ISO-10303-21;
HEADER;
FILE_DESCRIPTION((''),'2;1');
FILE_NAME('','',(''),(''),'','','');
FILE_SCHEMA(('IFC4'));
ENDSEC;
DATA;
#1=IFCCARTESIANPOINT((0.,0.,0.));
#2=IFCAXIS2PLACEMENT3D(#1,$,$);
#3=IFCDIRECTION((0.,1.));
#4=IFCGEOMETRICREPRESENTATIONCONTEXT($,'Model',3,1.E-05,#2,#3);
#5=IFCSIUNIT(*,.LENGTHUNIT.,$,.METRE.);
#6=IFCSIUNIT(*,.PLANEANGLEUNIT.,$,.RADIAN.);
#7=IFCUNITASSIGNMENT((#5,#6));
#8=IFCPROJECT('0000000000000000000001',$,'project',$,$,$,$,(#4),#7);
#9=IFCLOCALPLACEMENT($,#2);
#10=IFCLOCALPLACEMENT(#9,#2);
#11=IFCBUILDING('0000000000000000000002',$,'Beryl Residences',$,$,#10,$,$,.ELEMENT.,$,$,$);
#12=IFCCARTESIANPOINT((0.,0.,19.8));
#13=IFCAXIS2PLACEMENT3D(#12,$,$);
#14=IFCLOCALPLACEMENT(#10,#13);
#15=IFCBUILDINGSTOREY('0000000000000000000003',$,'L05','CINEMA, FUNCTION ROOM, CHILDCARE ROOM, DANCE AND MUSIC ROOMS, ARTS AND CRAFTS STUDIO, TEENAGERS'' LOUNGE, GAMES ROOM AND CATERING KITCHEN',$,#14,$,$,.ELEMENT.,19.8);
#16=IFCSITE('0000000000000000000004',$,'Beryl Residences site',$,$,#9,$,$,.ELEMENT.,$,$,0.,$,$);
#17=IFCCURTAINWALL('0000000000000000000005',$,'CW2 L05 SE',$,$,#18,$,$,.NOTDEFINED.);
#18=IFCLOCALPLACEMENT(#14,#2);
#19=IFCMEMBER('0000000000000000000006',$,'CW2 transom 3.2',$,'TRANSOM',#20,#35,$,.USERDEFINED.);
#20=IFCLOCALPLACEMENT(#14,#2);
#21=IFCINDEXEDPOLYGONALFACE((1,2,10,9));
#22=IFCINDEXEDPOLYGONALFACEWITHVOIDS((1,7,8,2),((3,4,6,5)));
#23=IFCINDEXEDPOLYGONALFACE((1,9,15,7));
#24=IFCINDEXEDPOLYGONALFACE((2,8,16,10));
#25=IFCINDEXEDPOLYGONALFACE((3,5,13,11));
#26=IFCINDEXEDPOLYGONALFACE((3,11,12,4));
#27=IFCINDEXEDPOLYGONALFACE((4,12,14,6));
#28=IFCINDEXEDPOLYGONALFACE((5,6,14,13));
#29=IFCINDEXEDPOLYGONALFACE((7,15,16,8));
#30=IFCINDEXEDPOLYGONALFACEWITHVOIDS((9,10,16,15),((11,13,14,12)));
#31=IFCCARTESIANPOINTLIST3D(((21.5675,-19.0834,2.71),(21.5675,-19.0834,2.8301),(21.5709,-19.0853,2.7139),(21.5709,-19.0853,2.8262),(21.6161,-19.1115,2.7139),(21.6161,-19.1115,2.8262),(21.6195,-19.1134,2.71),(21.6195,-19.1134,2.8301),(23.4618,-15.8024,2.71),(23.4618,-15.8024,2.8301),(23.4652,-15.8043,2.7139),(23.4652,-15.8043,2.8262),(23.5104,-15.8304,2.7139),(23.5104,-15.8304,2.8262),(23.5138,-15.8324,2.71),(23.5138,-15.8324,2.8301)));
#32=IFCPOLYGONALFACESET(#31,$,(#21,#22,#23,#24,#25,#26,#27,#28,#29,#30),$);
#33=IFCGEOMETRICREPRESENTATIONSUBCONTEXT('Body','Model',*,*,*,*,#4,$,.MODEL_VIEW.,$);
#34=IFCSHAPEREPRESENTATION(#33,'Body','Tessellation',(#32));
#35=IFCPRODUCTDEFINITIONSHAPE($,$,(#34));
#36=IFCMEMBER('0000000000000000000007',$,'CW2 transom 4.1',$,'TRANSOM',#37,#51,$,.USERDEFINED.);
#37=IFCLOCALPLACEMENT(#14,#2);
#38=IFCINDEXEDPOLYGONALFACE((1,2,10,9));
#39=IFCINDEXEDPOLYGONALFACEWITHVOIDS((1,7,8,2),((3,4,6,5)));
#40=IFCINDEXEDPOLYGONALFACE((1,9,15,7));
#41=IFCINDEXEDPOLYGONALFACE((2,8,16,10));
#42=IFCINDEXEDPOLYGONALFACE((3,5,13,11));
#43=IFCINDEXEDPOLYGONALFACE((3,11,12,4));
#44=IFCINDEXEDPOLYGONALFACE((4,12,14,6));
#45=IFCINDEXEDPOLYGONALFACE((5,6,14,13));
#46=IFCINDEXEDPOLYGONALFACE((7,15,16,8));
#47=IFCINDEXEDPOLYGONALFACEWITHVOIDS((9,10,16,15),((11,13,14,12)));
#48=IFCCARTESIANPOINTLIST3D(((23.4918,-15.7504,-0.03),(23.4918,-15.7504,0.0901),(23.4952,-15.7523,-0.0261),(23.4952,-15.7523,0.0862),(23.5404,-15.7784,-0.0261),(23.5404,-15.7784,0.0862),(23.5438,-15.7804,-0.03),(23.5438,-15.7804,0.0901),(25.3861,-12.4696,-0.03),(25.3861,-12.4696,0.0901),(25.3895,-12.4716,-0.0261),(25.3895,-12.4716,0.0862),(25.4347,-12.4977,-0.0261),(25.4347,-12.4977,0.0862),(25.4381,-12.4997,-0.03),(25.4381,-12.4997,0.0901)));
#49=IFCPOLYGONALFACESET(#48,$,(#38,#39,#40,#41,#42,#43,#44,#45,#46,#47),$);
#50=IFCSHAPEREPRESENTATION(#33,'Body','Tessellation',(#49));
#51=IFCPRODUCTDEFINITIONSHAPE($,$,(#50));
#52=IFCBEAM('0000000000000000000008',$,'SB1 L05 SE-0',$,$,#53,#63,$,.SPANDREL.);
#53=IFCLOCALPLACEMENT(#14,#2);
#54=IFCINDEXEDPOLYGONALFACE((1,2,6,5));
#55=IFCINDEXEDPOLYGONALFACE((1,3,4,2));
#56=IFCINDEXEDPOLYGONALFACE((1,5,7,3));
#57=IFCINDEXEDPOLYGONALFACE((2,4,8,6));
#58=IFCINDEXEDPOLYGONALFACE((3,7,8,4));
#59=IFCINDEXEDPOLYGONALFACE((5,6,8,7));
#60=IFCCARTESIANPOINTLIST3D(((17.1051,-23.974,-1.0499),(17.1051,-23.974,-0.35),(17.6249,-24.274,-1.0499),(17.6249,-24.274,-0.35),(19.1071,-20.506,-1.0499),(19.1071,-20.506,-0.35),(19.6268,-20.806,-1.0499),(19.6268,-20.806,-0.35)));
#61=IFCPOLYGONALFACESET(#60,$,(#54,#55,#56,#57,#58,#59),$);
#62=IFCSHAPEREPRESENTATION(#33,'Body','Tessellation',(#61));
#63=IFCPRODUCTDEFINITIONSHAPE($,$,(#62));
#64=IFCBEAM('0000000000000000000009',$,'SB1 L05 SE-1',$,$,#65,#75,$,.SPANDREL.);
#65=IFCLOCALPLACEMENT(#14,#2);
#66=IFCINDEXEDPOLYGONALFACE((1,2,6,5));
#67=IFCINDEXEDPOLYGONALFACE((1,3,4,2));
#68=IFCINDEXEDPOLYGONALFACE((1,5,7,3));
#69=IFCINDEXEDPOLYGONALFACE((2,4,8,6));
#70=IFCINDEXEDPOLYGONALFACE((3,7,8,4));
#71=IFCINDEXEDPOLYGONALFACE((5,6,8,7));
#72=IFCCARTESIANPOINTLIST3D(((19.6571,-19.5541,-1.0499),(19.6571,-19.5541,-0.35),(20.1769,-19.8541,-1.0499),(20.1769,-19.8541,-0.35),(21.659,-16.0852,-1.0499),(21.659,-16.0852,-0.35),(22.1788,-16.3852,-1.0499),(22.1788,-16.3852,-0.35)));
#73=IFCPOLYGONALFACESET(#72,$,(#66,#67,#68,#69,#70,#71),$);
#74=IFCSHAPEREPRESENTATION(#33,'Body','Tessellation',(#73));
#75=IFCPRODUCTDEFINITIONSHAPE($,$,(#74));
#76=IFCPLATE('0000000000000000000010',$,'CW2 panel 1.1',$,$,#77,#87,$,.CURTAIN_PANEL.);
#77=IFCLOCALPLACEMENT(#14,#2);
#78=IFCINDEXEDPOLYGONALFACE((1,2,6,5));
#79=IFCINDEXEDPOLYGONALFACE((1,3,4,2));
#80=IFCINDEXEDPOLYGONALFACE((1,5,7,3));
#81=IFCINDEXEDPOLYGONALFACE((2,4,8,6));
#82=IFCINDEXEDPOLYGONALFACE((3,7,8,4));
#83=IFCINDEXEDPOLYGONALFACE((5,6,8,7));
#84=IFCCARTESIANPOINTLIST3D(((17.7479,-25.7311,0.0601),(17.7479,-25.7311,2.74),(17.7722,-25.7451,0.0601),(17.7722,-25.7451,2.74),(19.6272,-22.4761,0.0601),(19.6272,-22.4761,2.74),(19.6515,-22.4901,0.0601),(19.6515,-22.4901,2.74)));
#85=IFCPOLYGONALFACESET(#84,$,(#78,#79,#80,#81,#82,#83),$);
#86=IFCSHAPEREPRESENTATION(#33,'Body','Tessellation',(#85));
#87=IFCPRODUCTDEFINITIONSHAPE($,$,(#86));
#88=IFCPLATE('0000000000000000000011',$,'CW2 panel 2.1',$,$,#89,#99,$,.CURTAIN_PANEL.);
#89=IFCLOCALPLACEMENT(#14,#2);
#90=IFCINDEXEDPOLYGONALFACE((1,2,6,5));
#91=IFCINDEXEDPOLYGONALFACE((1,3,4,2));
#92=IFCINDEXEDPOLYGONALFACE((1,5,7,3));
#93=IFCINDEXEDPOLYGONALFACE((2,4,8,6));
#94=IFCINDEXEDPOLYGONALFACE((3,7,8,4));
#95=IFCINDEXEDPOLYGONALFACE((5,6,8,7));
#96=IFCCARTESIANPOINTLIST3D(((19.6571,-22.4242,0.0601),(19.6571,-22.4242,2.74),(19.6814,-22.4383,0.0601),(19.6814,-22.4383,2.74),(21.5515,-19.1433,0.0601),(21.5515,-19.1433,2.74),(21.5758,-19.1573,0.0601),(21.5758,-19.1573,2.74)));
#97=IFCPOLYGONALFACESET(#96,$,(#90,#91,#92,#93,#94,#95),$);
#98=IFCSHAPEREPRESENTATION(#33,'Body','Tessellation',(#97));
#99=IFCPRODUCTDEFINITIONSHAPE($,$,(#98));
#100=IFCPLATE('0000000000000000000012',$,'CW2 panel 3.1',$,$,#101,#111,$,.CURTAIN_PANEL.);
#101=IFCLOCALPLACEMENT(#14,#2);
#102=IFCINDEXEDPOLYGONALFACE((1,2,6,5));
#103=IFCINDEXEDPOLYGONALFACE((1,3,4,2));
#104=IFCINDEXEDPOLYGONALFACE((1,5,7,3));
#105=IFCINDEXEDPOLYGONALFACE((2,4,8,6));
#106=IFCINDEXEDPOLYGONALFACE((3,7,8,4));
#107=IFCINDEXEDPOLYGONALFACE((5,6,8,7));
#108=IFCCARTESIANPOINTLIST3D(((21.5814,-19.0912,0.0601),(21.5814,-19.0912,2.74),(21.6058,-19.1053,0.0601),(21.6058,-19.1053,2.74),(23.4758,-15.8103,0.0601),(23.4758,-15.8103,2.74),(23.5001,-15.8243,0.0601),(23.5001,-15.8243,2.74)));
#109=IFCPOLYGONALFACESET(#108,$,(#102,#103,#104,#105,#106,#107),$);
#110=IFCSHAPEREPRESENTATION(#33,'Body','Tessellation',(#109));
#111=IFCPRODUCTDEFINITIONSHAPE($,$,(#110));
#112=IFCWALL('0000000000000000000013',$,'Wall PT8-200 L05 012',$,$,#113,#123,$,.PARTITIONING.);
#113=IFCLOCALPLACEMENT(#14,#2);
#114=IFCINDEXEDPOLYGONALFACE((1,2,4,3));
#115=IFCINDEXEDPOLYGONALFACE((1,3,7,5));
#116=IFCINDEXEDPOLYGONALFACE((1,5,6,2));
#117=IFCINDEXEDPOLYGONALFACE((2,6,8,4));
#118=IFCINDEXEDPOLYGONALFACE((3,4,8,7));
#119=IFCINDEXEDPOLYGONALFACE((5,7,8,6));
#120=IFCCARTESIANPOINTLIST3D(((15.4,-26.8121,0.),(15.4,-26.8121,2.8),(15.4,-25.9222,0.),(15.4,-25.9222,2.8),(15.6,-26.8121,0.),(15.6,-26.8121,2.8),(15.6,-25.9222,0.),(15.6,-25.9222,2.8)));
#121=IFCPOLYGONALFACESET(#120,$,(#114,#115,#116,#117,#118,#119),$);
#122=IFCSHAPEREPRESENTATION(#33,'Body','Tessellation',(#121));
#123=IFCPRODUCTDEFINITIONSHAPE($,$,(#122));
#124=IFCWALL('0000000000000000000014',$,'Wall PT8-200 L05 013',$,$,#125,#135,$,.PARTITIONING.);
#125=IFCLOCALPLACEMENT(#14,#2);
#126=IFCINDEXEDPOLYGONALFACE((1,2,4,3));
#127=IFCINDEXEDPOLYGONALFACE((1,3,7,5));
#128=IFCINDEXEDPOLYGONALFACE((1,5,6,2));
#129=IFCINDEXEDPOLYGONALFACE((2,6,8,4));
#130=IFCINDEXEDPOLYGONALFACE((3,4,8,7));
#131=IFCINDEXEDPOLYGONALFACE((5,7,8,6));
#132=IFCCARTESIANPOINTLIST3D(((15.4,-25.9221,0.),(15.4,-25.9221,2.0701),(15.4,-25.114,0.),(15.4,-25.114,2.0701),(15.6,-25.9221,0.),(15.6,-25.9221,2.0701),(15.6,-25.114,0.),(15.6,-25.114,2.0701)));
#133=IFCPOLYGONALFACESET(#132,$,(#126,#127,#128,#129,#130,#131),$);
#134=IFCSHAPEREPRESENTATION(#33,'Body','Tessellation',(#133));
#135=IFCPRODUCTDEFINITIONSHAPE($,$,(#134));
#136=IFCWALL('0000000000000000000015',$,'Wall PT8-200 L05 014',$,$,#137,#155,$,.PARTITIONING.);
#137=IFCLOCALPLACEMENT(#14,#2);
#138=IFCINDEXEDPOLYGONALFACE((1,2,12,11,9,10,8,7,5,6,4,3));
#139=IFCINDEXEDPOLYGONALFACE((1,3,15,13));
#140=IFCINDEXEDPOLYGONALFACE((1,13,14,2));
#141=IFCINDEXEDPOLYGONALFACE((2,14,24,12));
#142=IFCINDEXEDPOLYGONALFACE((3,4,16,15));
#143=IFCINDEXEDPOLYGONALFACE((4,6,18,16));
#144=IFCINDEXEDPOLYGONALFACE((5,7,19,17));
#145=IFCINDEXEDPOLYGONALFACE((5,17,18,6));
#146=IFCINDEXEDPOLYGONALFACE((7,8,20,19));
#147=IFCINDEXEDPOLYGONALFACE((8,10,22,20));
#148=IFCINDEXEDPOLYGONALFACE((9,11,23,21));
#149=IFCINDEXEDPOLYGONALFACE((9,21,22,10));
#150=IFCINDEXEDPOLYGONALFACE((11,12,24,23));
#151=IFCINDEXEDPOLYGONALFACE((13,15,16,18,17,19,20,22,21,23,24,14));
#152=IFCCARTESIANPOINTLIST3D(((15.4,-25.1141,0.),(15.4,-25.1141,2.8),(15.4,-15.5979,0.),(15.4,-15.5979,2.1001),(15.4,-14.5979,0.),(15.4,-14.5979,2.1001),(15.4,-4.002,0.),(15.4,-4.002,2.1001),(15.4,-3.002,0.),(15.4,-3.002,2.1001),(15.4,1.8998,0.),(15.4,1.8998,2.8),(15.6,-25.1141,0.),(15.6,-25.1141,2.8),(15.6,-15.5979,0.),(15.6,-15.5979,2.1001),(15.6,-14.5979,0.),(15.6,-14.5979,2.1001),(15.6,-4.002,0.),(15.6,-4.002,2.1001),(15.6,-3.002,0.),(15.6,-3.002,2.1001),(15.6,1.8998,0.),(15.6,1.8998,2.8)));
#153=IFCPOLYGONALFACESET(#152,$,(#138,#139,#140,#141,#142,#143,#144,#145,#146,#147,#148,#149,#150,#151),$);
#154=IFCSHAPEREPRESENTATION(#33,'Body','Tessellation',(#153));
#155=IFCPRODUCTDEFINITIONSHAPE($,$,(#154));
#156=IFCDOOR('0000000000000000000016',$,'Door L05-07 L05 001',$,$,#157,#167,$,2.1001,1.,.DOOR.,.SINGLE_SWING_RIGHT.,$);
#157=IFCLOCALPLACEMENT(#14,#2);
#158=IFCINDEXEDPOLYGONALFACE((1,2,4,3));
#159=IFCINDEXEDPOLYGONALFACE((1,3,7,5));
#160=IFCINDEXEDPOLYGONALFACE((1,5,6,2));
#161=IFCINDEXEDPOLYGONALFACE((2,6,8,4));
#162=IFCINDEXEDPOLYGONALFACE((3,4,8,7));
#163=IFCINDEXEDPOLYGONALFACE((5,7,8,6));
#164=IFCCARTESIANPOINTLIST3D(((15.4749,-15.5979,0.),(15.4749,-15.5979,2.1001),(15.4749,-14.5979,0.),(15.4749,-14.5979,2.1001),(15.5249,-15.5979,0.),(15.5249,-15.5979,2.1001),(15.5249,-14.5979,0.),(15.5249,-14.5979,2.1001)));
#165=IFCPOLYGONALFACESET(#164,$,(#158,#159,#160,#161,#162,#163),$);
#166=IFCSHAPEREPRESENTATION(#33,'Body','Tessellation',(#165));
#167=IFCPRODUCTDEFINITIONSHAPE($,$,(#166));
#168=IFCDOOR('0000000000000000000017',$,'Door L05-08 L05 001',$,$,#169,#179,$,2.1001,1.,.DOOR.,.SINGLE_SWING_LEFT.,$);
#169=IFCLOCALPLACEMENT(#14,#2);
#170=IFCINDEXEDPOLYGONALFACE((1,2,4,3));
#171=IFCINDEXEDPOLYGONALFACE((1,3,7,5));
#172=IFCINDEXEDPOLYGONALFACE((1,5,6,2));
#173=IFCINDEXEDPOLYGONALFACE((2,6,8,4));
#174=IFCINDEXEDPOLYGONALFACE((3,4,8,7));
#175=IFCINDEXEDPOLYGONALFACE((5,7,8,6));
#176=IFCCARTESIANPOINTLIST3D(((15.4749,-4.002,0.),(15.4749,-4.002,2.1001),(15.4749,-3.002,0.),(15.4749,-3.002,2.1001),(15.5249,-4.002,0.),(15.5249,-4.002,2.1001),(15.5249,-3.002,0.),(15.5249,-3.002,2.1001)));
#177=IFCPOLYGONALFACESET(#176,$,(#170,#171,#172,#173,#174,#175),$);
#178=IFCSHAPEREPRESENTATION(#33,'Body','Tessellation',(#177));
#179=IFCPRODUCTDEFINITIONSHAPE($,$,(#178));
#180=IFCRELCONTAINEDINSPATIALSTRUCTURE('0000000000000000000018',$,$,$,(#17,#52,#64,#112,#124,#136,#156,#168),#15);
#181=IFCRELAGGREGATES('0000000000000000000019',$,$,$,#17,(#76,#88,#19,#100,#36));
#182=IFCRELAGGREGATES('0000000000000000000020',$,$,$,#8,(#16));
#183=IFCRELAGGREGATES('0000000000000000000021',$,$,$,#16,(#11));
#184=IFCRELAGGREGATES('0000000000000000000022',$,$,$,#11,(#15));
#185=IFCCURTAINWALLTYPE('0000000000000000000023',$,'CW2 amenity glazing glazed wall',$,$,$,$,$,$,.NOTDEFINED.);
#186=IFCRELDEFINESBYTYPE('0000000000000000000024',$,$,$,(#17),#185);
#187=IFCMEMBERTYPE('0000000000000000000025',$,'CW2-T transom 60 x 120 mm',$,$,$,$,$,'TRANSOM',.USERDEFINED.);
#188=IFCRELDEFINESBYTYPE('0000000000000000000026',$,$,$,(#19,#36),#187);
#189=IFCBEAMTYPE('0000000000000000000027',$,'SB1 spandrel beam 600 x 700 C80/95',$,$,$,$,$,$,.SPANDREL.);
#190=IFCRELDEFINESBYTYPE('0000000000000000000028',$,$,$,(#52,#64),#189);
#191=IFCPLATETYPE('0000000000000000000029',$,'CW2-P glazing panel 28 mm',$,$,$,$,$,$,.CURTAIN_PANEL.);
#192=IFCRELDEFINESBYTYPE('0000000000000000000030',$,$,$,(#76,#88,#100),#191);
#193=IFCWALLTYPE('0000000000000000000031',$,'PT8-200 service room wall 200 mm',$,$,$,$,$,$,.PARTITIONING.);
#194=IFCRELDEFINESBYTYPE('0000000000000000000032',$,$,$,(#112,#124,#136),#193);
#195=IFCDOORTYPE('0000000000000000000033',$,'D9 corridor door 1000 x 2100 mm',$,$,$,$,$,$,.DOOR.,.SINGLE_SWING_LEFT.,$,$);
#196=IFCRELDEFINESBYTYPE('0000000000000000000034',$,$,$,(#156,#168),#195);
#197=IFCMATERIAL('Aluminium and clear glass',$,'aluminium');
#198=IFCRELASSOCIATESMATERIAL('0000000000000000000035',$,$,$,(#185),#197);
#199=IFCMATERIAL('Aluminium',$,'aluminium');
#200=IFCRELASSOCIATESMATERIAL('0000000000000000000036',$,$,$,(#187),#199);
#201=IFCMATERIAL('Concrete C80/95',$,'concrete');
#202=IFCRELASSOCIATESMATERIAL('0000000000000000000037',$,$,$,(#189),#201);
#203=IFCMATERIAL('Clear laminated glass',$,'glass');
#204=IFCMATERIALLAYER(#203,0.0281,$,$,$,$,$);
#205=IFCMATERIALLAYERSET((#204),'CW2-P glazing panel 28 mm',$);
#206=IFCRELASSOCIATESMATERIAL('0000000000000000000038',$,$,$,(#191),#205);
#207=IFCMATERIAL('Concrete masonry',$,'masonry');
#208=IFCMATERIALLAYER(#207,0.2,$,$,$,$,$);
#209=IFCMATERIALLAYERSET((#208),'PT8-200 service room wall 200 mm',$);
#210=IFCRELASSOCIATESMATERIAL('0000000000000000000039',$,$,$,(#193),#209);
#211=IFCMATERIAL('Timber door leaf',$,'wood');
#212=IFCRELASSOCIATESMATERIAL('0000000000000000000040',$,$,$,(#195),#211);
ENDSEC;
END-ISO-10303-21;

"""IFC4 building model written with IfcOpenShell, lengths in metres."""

from ifc_helpers import new_model, si_unit, direction, frame, frame_2d, origin, origin_2d, place, context, subcontext, project, spatial, rectangle, hollow_rectangle, extrude, material, layer, layer_set, material_profile, profile_set, type_object, element, fill, aggregate, save


model = new_model("IFC4")

# Units and contexts
model_context = context("Model", 3, precision=1e-05, world=origin(), true_north=direction((0.0, 1.0)))
body_context = subcontext(model_context, "Body", "Model", "MODEL_VIEW")
ifc_project = project(units=[si_unit("LENGTHUNIT", "METRE"), si_unit("PLANEANGLEUNIT", "RADIAN")], contexts=[model_context])

# Site, building, storey
site_placement = place(None, origin())
site = spatial("IfcSite", under=ifc_project, at=site_placement, Name="Beryl Residences site", CompositionType="ELEMENT", RefElevation=0.0)
building_placement = place(site_placement, origin())
building = spatial("IfcBuilding", under=site, at=building_placement, Name="Beryl Residences", CompositionType="ELEMENT")
storey_placement = place(building_placement, frame((0.0, 0.0, 19.8)))
storey = spatial("IfcBuildingStorey", under=building, at=storey_placement, Name="L05", Description="CINEMA, FUNCTION ROOM, CHILDCARE ROOM, DANCE AND MUSIC ROOMS, ARTS AND CRAFTS STUDIO, TEENAGERS' LOUNGE, GAMES ROOM AND CATERING KITCHEN", CompositionType="ELEMENT", Elevation=19.8)

# Shared definitions
ifc_material_1 = material(Name="Aluminium and clear glass", Category="aluminium")
curtain_wall_type = type_object("IfcCurtainWallType", Name="CW2 amenity glazing glazed wall", PredefinedType="NOTDEFINED", material=ifc_material_1)

# Curtain wall, members
curtain_wall_1_placement = place(storey_placement, origin())
curtain_wall_1 = element("IfcCurtainWall", 1, at=curtain_wall_1_placement, inside=storey, type_object=curtain_wall_type, Name="CW2 L05 SE", PredefinedType="NOTDEFINED")
ifc_material_2 = material(Name="Aluminium", Category="aluminium")
ifc_material_profile_1 = material_profile(ifc_material_2, hollow_rectangle(XDim=0.0601, YDim=0.1201, WallThickness=0.0039, at=origin_2d()))
ifc_profile_set_1 = profile_set([ifc_material_profile_1], Name="Aluminium")
member_type_1 = type_object("IfcMemberType", Name="CW2-T transom 60 x 120 mm", ElementType="TRANSOM", PredefinedType="USERDEFINED", material=ifc_profile_set_1)
member_1_placement = place(storey_placement, frame((21.5935, -19.0984, 2.77), z_axis=(0.5, 0.866026, 0.0), x_axis=(-0.866026, 0.5, 0.0)))
member_1 = element("IfcMember", 2, at=member_1_placement, type_object=member_type_1, Name="CW2 transom 3.2", ObjectType="TRANSOM", PredefinedType="USERDEFINED", context=body_context, shape_type="SweptSolid", body=[
    extrude(hollow_rectangle(XDim=0.0601, YDim=0.1201, WallThickness=0.0039, at=origin_2d()), origin(), (0.0, 0.0, 1.0), 3.7886),
])
member_2_placement = place(storey_placement, frame((23.5178, -15.7654, 0.03), z_axis=(0.500027, 0.86601, 0.0), x_axis=(-0.86601, 0.500027, 0.0)))
member_2 = element("IfcMember", 3, at=member_2_placement, type_object=member_type_1, Name="CW2 transom 4.1", ObjectType="TRANSOM", PredefinedType="USERDEFINED", context=body_context, shape_type="SweptSolid", body=[
    extrude(hollow_rectangle(XDim=0.0601, YDim=0.1201, WallThickness=0.0039, at=origin_2d()), origin(), (0.0, 0.0, 1.0), 3.7883),
])

# Beams
ifc_material_3 = material(Name="Concrete C80/95", Category="concrete")
ifc_material_profile_2 = material_profile(ifc_material_3, rectangle(XDim=0.6001, YDim=0.7, at=origin_2d()))
ifc_profile_set_2 = profile_set([ifc_material_profile_2], Name="Concrete C80/95")
beam_type = type_object("IfcBeamType", Name="SB1 spandrel beam 600 x 700 C80/95", PredefinedType="SPANDREL", material=ifc_profile_set_2)
beam_1_placement = place(storey_placement, frame((17.365, -24.124, -0.7), z_axis=(0.499942, 0.866059, 0.0), x_axis=(-0.866059, 0.499942, 0.0)))
element("IfcBeam", 4, at=beam_1_placement, inside=storey, type_object=beam_type, Name="SB1 L05 SE-0", PredefinedType="SPANDREL", context=body_context, shape_type="SweptSolid", body=[
    extrude(rectangle(XDim=0.6001, YDim=0.7, at=origin_2d()), origin(), (0.0, 0.0, 1.0), 4.0044),
])
beam_2_placement = place(storey_placement, frame((19.917, -19.7041, -0.7), z_axis=(0.499837, 0.86612, 0.0), x_axis=(-0.86612, 0.499837, 0.0)))
element("IfcBeam", 5, at=beam_2_placement, inside=storey, type_object=beam_type, Name="SB1 L05 SE-1", PredefinedType="SPANDREL", context=body_context, shape_type="SweptSolid", body=[
    extrude(rectangle(XDim=0.6001, YDim=0.7, at=origin_2d()), origin(), (0.0, 0.0, 1.0), 4.0051),
])

# Plates
ifc_material_4 = material(Name="Clear laminated glass", Category="glass")
ifc_layer_1 = layer(ifc_material_4, 0.0281)
ifc_layer_set_1 = layer_set([ifc_layer_1], Name="CW2-P glazing panel 28 mm")
plate_type = type_object("IfcPlateType", Name="CW2-P glazing panel 28 mm", PredefinedType="CURTAIN_PANEL", material=ifc_layer_set_1)
plate_1_placement = place(storey_placement, frame((18.6997, -24.1106, 0.0601), z_axis=(0.0, 0.0, 1.0), x_axis=(0.500012, 0.866019, 0.0)))
plate_1 = element("IfcPlate", 6, at=plate_1_placement, type_object=plate_type, Name="CW2 panel 1.1", PredefinedType="CURTAIN_PANEL", context=body_context, shape_type="SweptSolid", body=[
    extrude(rectangle(XDim=3.7585, YDim=0.0281, at=origin_2d()), origin(), (0.0, 0.0, 1.0), 2.6799),
])
plate_2_placement = place(storey_placement, frame((20.6165, -20.7908, 0.0601), z_axis=(0.0, 0.0, 1.0), x_axis=(0.500012, 0.866019, 0.0)))
plate_2 = element("IfcPlate", 7, at=plate_2_placement, type_object=plate_type, Name="CW2 panel 2.1", PredefinedType="CURTAIN_PANEL", context=body_context, shape_type="SweptSolid", body=[
    extrude(rectangle(XDim=3.7886, YDim=0.0281, at=origin_2d()), origin(), (0.0, 0.0, 1.0), 2.6799),
])
plate_3_placement = place(storey_placement, frame((22.5408, -17.4578, 0.0601), z_axis=(0.0, 0.0, 1.0), x_axis=(0.500012, 0.866019, 0.0)))
plate_3 = element("IfcPlate", 8, at=plate_3_placement, type_object=plate_type, Name="CW2 panel 3.1", PredefinedType="CURTAIN_PANEL", context=body_context, shape_type="SweptSolid", body=[
    extrude(rectangle(XDim=3.7886, YDim=0.0281, at=origin_2d()), origin(), (0.0, 0.0, 1.0), 2.6799),
])
aggregate(curtain_wall_1, [plate_1, plate_2, member_1, plate_3, member_2])

# Walls
ifc_material_5 = material(Name="Concrete masonry", Category="masonry")
ifc_layer_2 = layer(ifc_material_5, 0.2)
ifc_layer_set_2 = layer_set([ifc_layer_2], Name="PT8-200 service room wall 200 mm")
wall_type = type_object("IfcWallType", Name="PT8-200 service room wall 200 mm", PredefinedType="PARTITIONING", material=ifc_layer_set_2)
wall_1_placement = place(storey_placement, frame((15.5, -26.812, 0.0), z_axis=(0.0, 0.0, 1.0), x_axis=(0.0, 1.0, 0.0)))
element("IfcWall", 9, at=wall_1_placement, inside=storey, type_object=wall_type, Name="Wall PT8-200 L05 012", PredefinedType="PARTITIONING", context=body_context, shape_type="SweptSolid", body=[
    extrude(rectangle(XDim=0.8899, YDim=0.2, at=frame_2d((0.4448, 0.0))), origin(), (0.0, 0.0, 1.0), 2.8),
])
wall_2_placement = place(storey_placement, frame((15.5, -25.9221, 0.0), z_axis=(0.0, 0.0, 1.0), x_axis=(0.0, 1.0, 0.0)))
element("IfcWall", 10, at=wall_2_placement, inside=storey, type_object=wall_type, Name="Wall PT8-200 L05 013", PredefinedType="PARTITIONING", context=body_context, shape_type="SweptSolid", body=[
    extrude(rectangle(XDim=0.8081, YDim=0.2, at=frame_2d((0.4041, 0.0))), origin(), (0.0, 0.0, 1.0), 2.0701),
])

# Wall, openings, doors
wall_3_placement = place(storey_placement, frame((15.5, -25.114, 0.0), z_axis=(0.0, 0.0, 1.0), x_axis=(0.0, 1.0, 0.0)))
wall_3 = element("IfcWall", 11, at=wall_3_placement, inside=storey, type_object=wall_type, Name="Wall PT8-200 L05 014", PredefinedType="PARTITIONING", context=body_context, shape_type="SweptSolid", body=[
    extrude(rectangle(XDim=27.0139, YDim=0.2, at=frame_2d((13.5068, 0.0))), origin(), (0.0, 0.0, 1.0), 2.8),
])
opening_1_placement = place(wall_3_placement, frame((10.5161, 0.0, 0.0), z_axis=(0.0, 0.0, 1.0), x_axis=(-1.0, 0.0, 0.0)))
opening_1 = element("IfcOpeningElement", 12, at=opening_1_placement, cuts=wall_3, PredefinedType="OPENING", context=body_context, shape_type="SweptSolid", body=[
    extrude(rectangle(XDim=1.0, YDim=2.1001, at=frame_2d((0.5, 1.05))), frame((0.0, 0.1099, 0.0), z_axis=(0.0, -1.0, 0.0), x_axis=(1.0, 0.0, 0.0)), (0.0, 0.0, 1.0), 0.22),
])
opening_2_placement = place(wall_3_placement, frame((22.1121, 0.0, 0.0), z_axis=(0.0, 0.0, 1.0), x_axis=(-1.0, 0.0, 0.0)))
opening_2 = element("IfcOpeningElement", 13, at=opening_2_placement, cuts=wall_3, PredefinedType="OPENING", context=body_context, shape_type="SweptSolid", body=[
    extrude(rectangle(XDim=1.0, YDim=2.1001, at=frame_2d((0.5, 1.05))), frame((0.0, 0.1099, 0.0), z_axis=(0.0, -1.0, 0.0), x_axis=(1.0, 0.0, 0.0)), (0.0, 0.0, 1.0), 0.22),
])
ifc_material_6 = material(Name="Timber door leaf", Category="wood")
door_type = type_object("IfcDoorType", Name="D9 corridor door 1000 x 2100 mm", OperationType="SINGLE_SWING_LEFT", PredefinedType="DOOR", material=ifc_material_6)
door_1_placement = place(opening_1_placement, origin())
door_1 = element("IfcDoor", 14, at=door_1_placement, inside=storey, type_object=door_type, Name="Door L05-07 L05 001", OperationType="SINGLE_SWING_RIGHT", OverallHeight=2.1001, OverallWidth=1.0, PredefinedType="DOOR", context=body_context, shape_type="SweptSolid", body=[
    extrude(rectangle(XDim=1.0, YDim=2.1001, at=frame_2d((0.5, 1.05))), frame((0.0, 0.0249, 0.0), z_axis=(0.0, -1.0, 0.0), x_axis=(1.0, 0.0, 0.0)), (0.0, 0.0, 1.0), 0.05),
])
fill(opening_1, door_1)
door_2_placement = place(opening_2_placement, origin())
door_2 = element("IfcDoor", 15, at=door_2_placement, inside=storey, type_object=door_type, Name="Door L05-08 L05 001", OperationType="SINGLE_SWING_LEFT", OverallHeight=2.1001, OverallWidth=1.0, PredefinedType="DOOR", context=body_context, shape_type="SweptSolid", body=[
    extrude(rectangle(XDim=1.0, YDim=2.1001, at=frame_2d((0.5, 1.05))), frame((0.0, 0.0249, 0.0), z_axis=(0.0, -1.0, 0.0), x_axis=(1.0, 0.0, 0.0)), (0.0, 0.0, 1.0), 0.05),
])
fill(opening_2, door_2)

save(model, "model.ifc")
